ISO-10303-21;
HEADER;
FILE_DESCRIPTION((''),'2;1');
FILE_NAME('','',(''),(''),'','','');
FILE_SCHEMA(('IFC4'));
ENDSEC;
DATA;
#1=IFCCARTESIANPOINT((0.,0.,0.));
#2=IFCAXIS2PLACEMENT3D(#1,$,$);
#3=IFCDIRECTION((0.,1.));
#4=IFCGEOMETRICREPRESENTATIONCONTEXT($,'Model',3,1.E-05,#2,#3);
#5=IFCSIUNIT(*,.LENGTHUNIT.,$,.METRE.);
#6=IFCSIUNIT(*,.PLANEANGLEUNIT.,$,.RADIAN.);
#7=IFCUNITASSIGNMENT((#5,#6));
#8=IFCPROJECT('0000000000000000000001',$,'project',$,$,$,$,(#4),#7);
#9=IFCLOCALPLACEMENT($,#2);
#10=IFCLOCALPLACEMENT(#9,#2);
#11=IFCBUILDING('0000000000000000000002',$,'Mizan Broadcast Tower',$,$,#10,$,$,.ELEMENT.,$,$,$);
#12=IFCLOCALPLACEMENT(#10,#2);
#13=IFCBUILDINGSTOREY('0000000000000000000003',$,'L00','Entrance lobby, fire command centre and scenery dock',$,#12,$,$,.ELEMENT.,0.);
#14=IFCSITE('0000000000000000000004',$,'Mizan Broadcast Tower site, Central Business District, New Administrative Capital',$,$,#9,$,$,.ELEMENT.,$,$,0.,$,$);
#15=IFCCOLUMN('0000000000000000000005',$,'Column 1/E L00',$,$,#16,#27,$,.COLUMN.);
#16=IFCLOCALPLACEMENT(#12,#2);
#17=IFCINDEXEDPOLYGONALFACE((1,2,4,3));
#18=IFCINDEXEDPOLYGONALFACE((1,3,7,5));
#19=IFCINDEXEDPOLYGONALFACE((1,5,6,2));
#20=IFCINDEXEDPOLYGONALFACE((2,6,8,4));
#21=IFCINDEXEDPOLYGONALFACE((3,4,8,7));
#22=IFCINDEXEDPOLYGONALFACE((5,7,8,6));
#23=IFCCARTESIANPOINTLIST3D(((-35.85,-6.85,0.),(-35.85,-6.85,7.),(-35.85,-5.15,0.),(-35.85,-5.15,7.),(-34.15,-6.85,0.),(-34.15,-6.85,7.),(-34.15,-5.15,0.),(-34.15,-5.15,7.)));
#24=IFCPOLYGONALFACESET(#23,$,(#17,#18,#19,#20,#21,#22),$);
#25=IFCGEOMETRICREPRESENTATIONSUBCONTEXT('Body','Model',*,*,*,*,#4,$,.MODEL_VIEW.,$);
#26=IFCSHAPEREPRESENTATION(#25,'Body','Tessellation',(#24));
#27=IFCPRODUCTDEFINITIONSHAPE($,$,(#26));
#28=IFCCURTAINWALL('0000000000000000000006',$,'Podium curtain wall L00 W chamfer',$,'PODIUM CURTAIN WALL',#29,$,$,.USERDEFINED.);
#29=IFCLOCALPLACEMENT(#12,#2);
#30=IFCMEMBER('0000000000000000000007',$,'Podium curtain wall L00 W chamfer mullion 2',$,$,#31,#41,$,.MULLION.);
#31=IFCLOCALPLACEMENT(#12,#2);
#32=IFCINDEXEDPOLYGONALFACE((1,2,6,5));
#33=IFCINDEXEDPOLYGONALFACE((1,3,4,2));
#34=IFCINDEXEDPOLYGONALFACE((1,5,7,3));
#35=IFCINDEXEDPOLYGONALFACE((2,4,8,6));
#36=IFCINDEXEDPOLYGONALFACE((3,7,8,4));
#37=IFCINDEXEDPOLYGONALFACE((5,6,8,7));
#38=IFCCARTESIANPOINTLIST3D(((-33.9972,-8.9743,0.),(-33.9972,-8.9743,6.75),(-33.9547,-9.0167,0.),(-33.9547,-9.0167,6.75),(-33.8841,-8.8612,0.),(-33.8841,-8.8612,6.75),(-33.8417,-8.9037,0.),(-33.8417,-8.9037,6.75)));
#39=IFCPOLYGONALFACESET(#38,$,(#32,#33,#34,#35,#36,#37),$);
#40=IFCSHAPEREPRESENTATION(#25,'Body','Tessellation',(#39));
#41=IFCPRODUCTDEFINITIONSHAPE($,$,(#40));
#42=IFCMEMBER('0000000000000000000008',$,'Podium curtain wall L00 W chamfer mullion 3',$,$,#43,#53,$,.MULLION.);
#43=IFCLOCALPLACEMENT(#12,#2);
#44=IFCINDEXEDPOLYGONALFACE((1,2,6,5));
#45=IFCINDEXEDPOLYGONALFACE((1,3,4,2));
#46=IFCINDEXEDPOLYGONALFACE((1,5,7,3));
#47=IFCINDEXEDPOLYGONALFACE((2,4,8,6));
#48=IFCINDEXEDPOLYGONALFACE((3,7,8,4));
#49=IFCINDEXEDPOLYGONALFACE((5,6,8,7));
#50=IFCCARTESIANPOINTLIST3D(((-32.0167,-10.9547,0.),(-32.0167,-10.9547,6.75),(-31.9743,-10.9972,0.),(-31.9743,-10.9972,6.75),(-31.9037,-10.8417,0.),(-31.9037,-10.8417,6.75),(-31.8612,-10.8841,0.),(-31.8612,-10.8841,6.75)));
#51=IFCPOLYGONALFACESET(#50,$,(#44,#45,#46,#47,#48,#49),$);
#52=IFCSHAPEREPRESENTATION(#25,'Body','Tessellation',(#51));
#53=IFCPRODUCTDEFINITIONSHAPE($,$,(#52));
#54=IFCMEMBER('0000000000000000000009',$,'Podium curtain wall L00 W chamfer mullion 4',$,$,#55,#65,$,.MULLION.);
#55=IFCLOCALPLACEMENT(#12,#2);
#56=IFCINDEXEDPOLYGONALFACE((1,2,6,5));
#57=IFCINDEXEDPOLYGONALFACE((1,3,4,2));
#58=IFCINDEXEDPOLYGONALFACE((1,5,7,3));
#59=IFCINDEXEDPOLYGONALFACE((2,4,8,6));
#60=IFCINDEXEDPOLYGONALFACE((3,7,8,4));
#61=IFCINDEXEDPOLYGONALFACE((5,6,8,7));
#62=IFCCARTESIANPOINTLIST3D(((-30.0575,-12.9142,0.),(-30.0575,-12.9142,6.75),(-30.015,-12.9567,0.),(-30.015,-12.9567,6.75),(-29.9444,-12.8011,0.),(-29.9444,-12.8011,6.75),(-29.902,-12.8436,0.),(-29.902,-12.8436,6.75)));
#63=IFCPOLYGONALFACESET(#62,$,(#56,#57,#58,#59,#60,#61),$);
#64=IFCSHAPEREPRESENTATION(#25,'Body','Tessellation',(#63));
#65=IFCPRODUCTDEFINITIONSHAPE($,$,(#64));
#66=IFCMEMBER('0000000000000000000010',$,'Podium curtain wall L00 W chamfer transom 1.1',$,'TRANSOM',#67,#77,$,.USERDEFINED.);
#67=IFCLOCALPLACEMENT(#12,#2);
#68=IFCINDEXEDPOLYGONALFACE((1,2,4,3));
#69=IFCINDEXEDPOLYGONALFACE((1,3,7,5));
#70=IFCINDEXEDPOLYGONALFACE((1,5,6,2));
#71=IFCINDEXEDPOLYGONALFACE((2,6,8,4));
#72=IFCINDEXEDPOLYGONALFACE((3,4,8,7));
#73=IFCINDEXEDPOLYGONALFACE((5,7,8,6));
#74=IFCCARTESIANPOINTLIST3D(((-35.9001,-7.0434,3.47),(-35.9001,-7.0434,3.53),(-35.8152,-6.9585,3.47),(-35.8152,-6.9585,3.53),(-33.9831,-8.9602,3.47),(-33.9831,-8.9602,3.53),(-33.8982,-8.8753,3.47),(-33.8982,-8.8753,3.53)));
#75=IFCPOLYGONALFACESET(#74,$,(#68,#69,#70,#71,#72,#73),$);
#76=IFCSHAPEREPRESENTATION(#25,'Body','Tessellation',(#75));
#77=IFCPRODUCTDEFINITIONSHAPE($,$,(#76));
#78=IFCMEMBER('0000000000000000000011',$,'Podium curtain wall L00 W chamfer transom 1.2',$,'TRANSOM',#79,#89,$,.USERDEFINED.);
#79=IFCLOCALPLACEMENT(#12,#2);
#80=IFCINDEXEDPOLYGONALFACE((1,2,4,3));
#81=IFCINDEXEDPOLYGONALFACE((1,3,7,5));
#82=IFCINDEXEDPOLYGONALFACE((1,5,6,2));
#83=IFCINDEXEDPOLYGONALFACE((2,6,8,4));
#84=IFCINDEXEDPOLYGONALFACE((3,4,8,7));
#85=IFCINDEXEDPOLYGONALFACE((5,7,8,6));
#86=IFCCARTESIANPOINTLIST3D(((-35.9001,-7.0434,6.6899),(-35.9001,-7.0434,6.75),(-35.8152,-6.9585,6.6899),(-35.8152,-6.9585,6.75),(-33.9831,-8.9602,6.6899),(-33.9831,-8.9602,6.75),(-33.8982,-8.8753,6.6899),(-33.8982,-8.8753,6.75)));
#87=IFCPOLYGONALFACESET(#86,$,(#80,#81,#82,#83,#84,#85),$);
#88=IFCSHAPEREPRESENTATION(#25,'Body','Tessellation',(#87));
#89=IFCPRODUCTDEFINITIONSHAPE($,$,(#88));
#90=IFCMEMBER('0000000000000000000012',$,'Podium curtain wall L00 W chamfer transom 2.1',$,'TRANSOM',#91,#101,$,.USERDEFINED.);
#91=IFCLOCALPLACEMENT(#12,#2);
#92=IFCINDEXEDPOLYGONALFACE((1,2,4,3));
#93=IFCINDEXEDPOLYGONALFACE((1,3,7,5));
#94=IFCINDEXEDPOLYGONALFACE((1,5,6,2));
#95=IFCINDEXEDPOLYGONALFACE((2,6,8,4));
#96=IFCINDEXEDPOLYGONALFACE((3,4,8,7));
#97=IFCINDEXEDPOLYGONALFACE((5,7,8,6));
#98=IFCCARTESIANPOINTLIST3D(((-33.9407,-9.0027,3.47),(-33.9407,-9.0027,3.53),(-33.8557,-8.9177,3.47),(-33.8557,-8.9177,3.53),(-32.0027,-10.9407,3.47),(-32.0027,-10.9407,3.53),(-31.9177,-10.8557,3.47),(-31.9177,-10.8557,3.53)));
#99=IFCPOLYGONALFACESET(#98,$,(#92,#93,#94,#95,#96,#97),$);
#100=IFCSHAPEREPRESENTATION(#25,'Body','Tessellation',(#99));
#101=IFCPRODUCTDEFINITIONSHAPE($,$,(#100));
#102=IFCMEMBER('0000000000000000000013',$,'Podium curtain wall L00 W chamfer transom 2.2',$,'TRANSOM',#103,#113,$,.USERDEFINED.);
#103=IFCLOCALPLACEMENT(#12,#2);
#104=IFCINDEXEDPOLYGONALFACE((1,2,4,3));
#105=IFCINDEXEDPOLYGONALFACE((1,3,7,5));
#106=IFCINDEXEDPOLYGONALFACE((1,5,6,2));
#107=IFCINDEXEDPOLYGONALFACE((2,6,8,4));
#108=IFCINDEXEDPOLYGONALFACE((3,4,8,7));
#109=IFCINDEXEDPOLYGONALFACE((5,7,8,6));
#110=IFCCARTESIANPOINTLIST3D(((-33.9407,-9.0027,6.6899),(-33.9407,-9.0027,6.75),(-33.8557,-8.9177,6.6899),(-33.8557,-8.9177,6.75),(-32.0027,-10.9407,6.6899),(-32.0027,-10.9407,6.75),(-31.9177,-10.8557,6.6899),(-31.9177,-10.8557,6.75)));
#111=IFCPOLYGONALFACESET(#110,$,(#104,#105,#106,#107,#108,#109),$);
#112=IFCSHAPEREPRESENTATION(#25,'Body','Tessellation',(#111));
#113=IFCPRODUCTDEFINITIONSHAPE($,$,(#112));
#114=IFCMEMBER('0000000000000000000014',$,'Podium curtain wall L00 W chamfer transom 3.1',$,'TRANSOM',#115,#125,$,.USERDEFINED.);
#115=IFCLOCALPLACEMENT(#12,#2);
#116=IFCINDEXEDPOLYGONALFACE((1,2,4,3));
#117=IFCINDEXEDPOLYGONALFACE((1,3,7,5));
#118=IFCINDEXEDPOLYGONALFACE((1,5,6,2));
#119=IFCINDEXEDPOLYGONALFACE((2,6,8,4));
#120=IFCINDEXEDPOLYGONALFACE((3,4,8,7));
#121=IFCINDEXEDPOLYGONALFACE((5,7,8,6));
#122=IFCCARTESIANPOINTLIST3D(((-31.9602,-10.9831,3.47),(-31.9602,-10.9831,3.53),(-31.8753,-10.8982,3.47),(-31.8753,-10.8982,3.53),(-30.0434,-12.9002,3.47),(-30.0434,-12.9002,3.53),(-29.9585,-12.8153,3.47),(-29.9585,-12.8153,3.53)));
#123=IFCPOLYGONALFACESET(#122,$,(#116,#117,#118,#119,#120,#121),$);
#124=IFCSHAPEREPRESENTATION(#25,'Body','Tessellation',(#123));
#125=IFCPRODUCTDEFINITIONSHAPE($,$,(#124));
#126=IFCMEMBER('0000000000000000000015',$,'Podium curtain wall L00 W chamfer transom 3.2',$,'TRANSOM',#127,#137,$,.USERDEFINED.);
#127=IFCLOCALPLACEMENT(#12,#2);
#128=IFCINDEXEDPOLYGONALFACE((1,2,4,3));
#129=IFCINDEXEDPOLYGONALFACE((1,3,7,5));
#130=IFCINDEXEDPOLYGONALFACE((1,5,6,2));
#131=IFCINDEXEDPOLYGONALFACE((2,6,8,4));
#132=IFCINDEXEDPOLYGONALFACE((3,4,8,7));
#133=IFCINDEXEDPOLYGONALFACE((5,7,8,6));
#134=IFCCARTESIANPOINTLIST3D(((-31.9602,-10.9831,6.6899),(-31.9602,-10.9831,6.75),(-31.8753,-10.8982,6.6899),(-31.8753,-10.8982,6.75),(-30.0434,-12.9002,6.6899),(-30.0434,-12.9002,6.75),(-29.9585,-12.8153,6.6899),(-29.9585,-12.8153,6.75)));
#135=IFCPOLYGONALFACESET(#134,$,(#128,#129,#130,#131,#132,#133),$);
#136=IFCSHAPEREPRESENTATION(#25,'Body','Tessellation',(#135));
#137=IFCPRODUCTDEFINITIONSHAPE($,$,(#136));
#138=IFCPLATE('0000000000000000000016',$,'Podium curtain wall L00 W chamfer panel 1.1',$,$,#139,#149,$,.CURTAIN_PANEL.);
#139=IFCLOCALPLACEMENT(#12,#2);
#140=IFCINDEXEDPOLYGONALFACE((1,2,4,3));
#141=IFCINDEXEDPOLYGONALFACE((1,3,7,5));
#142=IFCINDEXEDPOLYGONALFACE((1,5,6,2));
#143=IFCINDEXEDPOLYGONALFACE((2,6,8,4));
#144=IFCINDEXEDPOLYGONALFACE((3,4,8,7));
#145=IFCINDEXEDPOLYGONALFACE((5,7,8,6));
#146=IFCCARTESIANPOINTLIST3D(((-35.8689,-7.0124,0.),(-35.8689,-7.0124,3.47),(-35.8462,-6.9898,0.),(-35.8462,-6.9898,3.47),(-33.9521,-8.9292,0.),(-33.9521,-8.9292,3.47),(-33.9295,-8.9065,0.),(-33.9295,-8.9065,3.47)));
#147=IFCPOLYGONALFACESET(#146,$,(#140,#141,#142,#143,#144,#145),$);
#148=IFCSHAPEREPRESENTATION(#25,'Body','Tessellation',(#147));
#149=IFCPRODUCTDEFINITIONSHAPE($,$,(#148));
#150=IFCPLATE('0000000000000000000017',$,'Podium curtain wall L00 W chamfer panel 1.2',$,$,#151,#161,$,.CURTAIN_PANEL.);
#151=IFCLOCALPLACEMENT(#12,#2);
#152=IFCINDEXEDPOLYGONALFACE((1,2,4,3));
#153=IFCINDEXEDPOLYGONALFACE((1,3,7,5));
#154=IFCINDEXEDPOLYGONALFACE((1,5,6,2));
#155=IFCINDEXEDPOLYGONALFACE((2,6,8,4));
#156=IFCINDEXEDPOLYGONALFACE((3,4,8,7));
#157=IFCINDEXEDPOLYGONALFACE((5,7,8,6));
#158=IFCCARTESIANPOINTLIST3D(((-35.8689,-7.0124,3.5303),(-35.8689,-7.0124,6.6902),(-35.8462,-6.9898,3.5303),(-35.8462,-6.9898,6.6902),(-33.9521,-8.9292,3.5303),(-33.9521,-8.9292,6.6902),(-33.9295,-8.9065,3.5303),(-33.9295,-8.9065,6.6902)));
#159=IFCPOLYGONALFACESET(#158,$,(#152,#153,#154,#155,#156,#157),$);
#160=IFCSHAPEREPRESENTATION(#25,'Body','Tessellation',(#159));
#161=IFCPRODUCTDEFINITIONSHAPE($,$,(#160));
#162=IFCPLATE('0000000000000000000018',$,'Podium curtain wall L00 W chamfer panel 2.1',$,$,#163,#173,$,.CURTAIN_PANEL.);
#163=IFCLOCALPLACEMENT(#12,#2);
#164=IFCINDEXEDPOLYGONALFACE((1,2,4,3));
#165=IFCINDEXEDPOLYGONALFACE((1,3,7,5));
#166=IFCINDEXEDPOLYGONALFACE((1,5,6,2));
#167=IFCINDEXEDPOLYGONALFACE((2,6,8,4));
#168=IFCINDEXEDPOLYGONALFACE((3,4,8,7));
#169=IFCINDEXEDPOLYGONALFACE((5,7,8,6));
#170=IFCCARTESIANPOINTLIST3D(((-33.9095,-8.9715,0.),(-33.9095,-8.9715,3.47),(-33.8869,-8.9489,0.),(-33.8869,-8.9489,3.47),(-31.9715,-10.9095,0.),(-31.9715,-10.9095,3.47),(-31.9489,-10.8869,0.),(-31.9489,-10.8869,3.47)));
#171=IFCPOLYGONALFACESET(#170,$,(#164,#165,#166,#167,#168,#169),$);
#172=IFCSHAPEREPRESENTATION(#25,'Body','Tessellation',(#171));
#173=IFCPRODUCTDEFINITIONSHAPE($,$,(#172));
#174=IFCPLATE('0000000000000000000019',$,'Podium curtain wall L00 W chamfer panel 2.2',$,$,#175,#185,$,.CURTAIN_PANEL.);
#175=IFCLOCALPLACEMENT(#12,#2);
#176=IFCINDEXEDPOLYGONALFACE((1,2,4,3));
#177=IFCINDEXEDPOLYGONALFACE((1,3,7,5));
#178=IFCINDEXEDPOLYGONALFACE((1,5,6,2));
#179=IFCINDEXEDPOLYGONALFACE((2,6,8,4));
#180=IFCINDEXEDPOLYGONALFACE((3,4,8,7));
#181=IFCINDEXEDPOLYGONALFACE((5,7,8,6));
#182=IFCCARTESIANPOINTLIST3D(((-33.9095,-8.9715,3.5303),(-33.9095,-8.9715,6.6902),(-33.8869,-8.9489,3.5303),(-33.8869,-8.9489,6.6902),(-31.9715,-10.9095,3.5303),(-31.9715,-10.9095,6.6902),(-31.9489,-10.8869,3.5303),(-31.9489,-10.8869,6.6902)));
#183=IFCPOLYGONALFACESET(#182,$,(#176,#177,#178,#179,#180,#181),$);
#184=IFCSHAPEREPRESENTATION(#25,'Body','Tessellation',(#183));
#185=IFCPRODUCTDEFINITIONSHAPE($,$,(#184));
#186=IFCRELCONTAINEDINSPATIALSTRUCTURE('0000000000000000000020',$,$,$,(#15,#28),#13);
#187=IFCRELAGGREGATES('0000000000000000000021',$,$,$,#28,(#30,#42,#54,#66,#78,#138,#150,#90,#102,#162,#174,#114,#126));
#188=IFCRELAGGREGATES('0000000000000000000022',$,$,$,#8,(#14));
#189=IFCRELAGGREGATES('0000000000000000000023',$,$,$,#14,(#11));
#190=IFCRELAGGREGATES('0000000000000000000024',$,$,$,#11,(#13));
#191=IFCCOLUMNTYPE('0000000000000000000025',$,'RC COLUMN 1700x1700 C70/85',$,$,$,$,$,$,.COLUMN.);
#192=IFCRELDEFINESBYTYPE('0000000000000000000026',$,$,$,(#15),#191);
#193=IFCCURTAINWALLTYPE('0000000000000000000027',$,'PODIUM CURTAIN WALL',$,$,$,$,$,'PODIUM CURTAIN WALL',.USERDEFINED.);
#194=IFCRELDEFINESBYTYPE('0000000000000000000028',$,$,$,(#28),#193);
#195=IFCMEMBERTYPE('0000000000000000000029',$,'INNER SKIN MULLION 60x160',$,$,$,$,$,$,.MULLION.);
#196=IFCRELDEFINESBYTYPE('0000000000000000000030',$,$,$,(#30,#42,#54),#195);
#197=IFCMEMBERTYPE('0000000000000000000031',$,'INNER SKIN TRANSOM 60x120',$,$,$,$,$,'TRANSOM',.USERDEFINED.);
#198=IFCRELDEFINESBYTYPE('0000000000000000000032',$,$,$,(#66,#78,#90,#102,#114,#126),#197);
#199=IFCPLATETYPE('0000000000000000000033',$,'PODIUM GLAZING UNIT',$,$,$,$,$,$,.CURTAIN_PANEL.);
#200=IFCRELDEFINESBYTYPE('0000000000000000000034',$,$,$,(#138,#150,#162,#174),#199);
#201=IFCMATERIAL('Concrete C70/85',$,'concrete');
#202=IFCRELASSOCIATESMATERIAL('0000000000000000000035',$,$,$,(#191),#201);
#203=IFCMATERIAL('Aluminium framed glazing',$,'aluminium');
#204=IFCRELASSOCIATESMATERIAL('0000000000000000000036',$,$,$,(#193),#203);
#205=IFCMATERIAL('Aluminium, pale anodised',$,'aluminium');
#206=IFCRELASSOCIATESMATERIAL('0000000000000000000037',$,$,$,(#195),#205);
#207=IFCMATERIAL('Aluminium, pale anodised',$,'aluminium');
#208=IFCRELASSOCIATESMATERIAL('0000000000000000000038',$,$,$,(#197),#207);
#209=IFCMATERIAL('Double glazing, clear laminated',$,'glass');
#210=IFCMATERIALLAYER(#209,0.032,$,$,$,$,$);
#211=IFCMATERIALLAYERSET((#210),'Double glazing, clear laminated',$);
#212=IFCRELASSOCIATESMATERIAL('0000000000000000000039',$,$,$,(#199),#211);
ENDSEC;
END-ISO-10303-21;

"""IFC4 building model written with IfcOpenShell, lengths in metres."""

from ifc_helpers import new_model, si_unit, direction, frame, origin, origin_2d, place, context, subcontext, project, spatial, rectangle, extrude, material, layer, layer_set, material_profile, profile_set, type_object, element, aggregate, save


model = new_model("IFC4")

# Units and contexts
model_context = context("Model", 3, precision=1e-05, world=origin(), true_north=direction((0.0, 1.0)))
body_context = subcontext(model_context, "Body", "Model", "MODEL_VIEW")
ifc_project = project(units=[si_unit("LENGTHUNIT", "METRE"), si_unit("PLANEANGLEUNIT", "RADIAN")], contexts=[model_context])

# Site, building, storey
site_placement = place(None, origin())
site = spatial("IfcSite", under=ifc_project, at=site_placement, Name="Mizan Broadcast Tower site, Central Business District, New Administrative Capital", CompositionType="ELEMENT", RefElevation=0.0)
building_placement = place(site_placement, origin())
building = spatial("IfcBuilding", under=site, at=building_placement, Name="Mizan Broadcast Tower", CompositionType="ELEMENT")
storey_placement = place(building_placement, origin())
storey = spatial("IfcBuildingStorey", under=building, at=storey_placement, Name="L00", Description="Entrance lobby, fire command centre and scenery dock", CompositionType="ELEMENT", Elevation=0.0)

# Column
ifc_material_1 = material(Name="Concrete C70/85", Category="concrete")
ifc_material_profile_1 = material_profile(ifc_material_1, rectangle(XDim=1.7, YDim=1.7, at=origin_2d()), Name="RC 1700x1700")
ifc_profile_set_1 = profile_set([ifc_material_profile_1], Name="Concrete C70/85")
column_type = type_object("IfcColumnType", Name="RC COLUMN 1700x1700 C70/85", PredefinedType="COLUMN", material=ifc_profile_set_1)
column_placement = place(storey_placement, frame((-35.0, -6.0, 0.0), z_axis=(0.0, 0.0, 1.0), x_axis=(1.0, 0.0, 0.0)))
element("IfcColumn", 1, at=column_placement, inside=storey, type_object=column_type, Name="Column 1/E L00", PredefinedType="COLUMN", context=body_context, shape_type="SweptSolid", body=[
    extrude(rectangle(XDim=1.7, YDim=1.7, at=origin_2d()), origin(), (0.0, 0.0, 1.0), 7.0),
])

# Curtain wall, members, plates
ifc_material_2 = material(Name="Aluminium framed glazing", Category="aluminium")
curtain_wall_type = type_object("IfcCurtainWallType", Name="PODIUM CURTAIN WALL", ElementType="PODIUM CURTAIN WALL", PredefinedType="USERDEFINED", material=ifc_material_2)
curtain_wall_placement = place(storey_placement, origin())
curtain_wall = element("IfcCurtainWall", 2, at=curtain_wall_placement, inside=storey, type_object=curtain_wall_type, Name="Podium curtain wall L00 W chamfer", ObjectType="PODIUM CURTAIN WALL", PredefinedType="USERDEFINED")
ifc_material_3 = material(Name="Aluminium, pale anodised", Category="aluminium")
ifc_material_profile_2 = material_profile(ifc_material_3, rectangle(XDim=0.1599, YDim=0.0601, at=origin_2d()), Name="MULLION 160x60")
ifc_profile_set_2 = profile_set([ifc_material_profile_2], Name="Aluminium, pale anodised")
member_type_1 = type_object("IfcMemberType", Name="INNER SKIN MULLION 60x160", PredefinedType="MULLION", material=ifc_profile_set_2)
member_1_placement = place(storey_placement, frame((-33.9194, -8.939, 0.0), z_axis=(0.0, 0.0, 1.0), x_axis=(0.707107, 0.707107, 0.0)))
member_1 = element("IfcMember", 3, at=member_1_placement, type_object=member_type_1, Name="Podium curtain wall L00 W chamfer mullion 2", PredefinedType="MULLION", context=body_context, shape_type="SweptSolid", body=[
    extrude(rectangle(XDim=0.1599, YDim=0.0601, at=origin_2d()), origin(), (0.0, 0.0, 1.0), 6.75),
])
member_2_placement = place(storey_placement, frame((-31.939, -10.9194, 0.0), z_axis=(0.0, 0.0, 1.0), x_axis=(0.707107, 0.707107, 0.0)))
member_2 = element("IfcMember", 4, at=member_2_placement, type_object=member_type_1, Name="Podium curtain wall L00 W chamfer mullion 3", PredefinedType="MULLION", context=body_context, shape_type="SweptSolid", body=[
    extrude(rectangle(XDim=0.1599, YDim=0.0601, at=origin_2d()), origin(), (0.0, 0.0, 1.0), 6.75),
])
member_3_placement = place(storey_placement, frame((-29.9797, -12.8789, 0.0), z_axis=(0.0, 0.0, 1.0), x_axis=(0.707107, 0.707107, 0.0)))
member_3 = element("IfcMember", 5, at=member_3_placement, type_object=member_type_1, Name="Podium curtain wall L00 W chamfer mullion 4", PredefinedType="MULLION", context=body_context, shape_type="SweptSolid", body=[
    extrude(rectangle(XDim=0.1599, YDim=0.0601, at=origin_2d()), origin(), (0.0, 0.0, 1.0), 6.75),
])
ifc_material_4 = material(Name="Aluminium, pale anodised", Category="aluminium")
ifc_material_profile_3 = material_profile(ifc_material_4, rectangle(XDim=0.1201, YDim=0.0601, at=origin_2d()), Name="TRANSOM 120x60")
ifc_profile_set_3 = profile_set([ifc_material_profile_3], Name="Aluminium, pale anodised")
member_type_2 = type_object("IfcMemberType", Name="INNER SKIN TRANSOM 60x120", ElementType="TRANSOM", PredefinedType="USERDEFINED", material=ifc_profile_set_3)
member_4_placement = place(storey_placement, frame((-35.8577, -7.001, 3.5), z_axis=(0.707152, -0.707062, 0.0), x_axis=(0.707062, 0.707152, 0.0)))
member_4 = element("IfcMember", 6, at=member_4_placement, type_object=member_type_2, Name="Podium curtain wall L00 W chamfer transom 1.1", ObjectType="TRANSOM", PredefinedType="USERDEFINED", context=body_context, shape_type="SweptSolid", body=[
    extrude(rectangle(XDim=0.1201, YDim=0.0601, at=origin_2d()), origin(), (0.0, 0.0, 1.0), 2.7109),
])
member_5_placement = place(storey_placement, frame((-35.8577, -7.001, 6.72), z_axis=(0.707152, -0.707062, 0.0), x_axis=(0.707062, 0.707152, 0.0)))
member_5 = element("IfcMember", 7, at=member_5_placement, type_object=member_type_2, Name="Podium curtain wall L00 W chamfer transom 1.2", ObjectType="TRANSOM", PredefinedType="USERDEFINED", context=body_context, shape_type="SweptSolid", body=[
    extrude(rectangle(XDim=0.1201, YDim=0.0601, at=origin_2d()), origin(), (0.0, 0.0, 1.0), 2.7109),
])
member_6_placement = place(storey_placement, frame((-33.8982, -8.9602, 3.5), z_axis=(0.707107, -0.707107, 0.0), x_axis=(0.707107, 0.707107, 0.0)))
member_6 = element("IfcMember", 8, at=member_6_placement, type_object=member_type_2, Name="Podium curtain wall L00 W chamfer transom 2.1", ObjectType="TRANSOM", PredefinedType="USERDEFINED", context=body_context, shape_type="SweptSolid", body=[
    extrude(rectangle(XDim=0.1201, YDim=0.0601, at=origin_2d()), origin(), (0.0, 0.0, 1.0), 2.7407),
])
member_7_placement = place(storey_placement, frame((-33.8982, -8.9602, 6.72), z_axis=(0.707107, -0.707107, 0.0), x_axis=(0.707107, 0.707107, 0.0)))
member_7 = element("IfcMember", 9, at=member_7_placement, type_object=member_type_2, Name="Podium curtain wall L00 W chamfer transom 2.2", ObjectType="TRANSOM", PredefinedType="USERDEFINED", context=body_context, shape_type="SweptSolid", body=[
    extrude(rectangle(XDim=0.1201, YDim=0.0601, at=origin_2d()), origin(), (0.0, 0.0, 1.0), 2.7407),
])
member_8_placement = place(storey_placement, frame((-31.9177, -10.9407, 3.5), z_axis=(0.707062, -0.707152, 0.0), x_axis=(0.707152, 0.707062, 0.0)))
member_8 = element("IfcMember", 10, at=member_8_placement, type_object=member_type_2, Name="Podium curtain wall L00 W chamfer transom 3.1", ObjectType="TRANSOM", PredefinedType="USERDEFINED", context=body_context, shape_type="SweptSolid", body=[
    extrude(rectangle(XDim=0.1201, YDim=0.0601, at=origin_2d()), origin(), (0.0, 0.0, 1.0), 2.7109),
])
member_9_placement = place(storey_placement, frame((-31.9177, -10.9407, 6.72), z_axis=(0.707062, -0.707152, 0.0), x_axis=(0.707152, 0.707062, 0.0)))
member_9 = element("IfcMember", 11, at=member_9_placement, type_object=member_type_2, Name="Podium curtain wall L00 W chamfer transom 3.2", ObjectType="TRANSOM", PredefinedType="USERDEFINED", context=body_context, shape_type="SweptSolid", body=[
    extrude(rectangle(XDim=0.1201, YDim=0.0601, at=origin_2d()), origin(), (0.0, 0.0, 1.0), 2.7109),
])
ifc_material_5 = material(Name="Double glazing, clear laminated", Category="glass")
ifc_layer_1 = layer(ifc_material_5, 0.032)
ifc_layer_set_1 = layer_set([ifc_layer_1], Name="Double glazing, clear laminated")
plate_type = type_object("IfcPlateType", Name="PODIUM GLAZING UNIT", PredefinedType="CURTAIN_PANEL", material=ifc_layer_set_1)
plate_1_placement = place(storey_placement, frame((-34.8992, -7.9595, 0.0), z_axis=(0.0, 0.0, 1.0), x_axis=(0.707107, -0.707107, 0.0)))
plate_1 = element("IfcPlate", 12, at=plate_1_placement, type_object=plate_type, Name="Podium curtain wall L00 W chamfer panel 1.1", PredefinedType="CURTAIN_PANEL", context=body_context, shape_type="SweptSolid", body=[
    extrude(rectangle(XDim=2.7107, YDim=0.032, at=origin_2d()), origin(), (0.0, 0.0, 1.0), 3.47),
])
plate_2_placement = place(storey_placement, frame((-34.8992, -7.9595, 3.5303), z_axis=(0.0, 0.0, 1.0), x_axis=(0.707107, -0.707107, 0.0)))
plate_2 = element("IfcPlate", 13, at=plate_2_placement, type_object=plate_type, Name="Podium curtain wall L00 W chamfer panel 1.2", PredefinedType="CURTAIN_PANEL", context=body_context, shape_type="SweptSolid", body=[
    extrude(rectangle(XDim=2.7107, YDim=0.032, at=origin_2d()), origin(), (0.0, 0.0, 1.0), 3.1599),
])
plate_3_placement = place(storey_placement, frame((-32.9292, -9.9292, 0.0), z_axis=(0.0, 0.0, 1.0), x_axis=(0.707107, -0.707107, 0.0)))
plate_3 = element("IfcPlate", 14, at=plate_3_placement, type_object=plate_type, Name="Podium curtain wall L00 W chamfer panel 2.1", PredefinedType="CURTAIN_PANEL", context=body_context, shape_type="SweptSolid", body=[
    extrude(rectangle(XDim=2.7407, YDim=0.032, at=origin_2d()), origin(), (0.0, 0.0, 1.0), 3.47),
])
plate_4_placement = place(storey_placement, frame((-32.9292, -9.9292, 3.5303), z_axis=(0.0, 0.0, 1.0), x_axis=(0.707107, -0.707107, 0.0)))
plate_4 = element("IfcPlate", 15, at=plate_4_placement, type_object=plate_type, Name="Podium curtain wall L00 W chamfer panel 2.2", PredefinedType="CURTAIN_PANEL", context=body_context, shape_type="SweptSolid", body=[
    extrude(rectangle(XDim=2.7407, YDim=0.032, at=origin_2d()), origin(), (0.0, 0.0, 1.0), 3.1599),
])
aggregate(curtain_wall, [member_1, member_2, member_3, member_4, member_5, plate_1, plate_2, member_6, member_7, plate_3, plate_4, member_8, member_9])

save(model, "model.ifc")
